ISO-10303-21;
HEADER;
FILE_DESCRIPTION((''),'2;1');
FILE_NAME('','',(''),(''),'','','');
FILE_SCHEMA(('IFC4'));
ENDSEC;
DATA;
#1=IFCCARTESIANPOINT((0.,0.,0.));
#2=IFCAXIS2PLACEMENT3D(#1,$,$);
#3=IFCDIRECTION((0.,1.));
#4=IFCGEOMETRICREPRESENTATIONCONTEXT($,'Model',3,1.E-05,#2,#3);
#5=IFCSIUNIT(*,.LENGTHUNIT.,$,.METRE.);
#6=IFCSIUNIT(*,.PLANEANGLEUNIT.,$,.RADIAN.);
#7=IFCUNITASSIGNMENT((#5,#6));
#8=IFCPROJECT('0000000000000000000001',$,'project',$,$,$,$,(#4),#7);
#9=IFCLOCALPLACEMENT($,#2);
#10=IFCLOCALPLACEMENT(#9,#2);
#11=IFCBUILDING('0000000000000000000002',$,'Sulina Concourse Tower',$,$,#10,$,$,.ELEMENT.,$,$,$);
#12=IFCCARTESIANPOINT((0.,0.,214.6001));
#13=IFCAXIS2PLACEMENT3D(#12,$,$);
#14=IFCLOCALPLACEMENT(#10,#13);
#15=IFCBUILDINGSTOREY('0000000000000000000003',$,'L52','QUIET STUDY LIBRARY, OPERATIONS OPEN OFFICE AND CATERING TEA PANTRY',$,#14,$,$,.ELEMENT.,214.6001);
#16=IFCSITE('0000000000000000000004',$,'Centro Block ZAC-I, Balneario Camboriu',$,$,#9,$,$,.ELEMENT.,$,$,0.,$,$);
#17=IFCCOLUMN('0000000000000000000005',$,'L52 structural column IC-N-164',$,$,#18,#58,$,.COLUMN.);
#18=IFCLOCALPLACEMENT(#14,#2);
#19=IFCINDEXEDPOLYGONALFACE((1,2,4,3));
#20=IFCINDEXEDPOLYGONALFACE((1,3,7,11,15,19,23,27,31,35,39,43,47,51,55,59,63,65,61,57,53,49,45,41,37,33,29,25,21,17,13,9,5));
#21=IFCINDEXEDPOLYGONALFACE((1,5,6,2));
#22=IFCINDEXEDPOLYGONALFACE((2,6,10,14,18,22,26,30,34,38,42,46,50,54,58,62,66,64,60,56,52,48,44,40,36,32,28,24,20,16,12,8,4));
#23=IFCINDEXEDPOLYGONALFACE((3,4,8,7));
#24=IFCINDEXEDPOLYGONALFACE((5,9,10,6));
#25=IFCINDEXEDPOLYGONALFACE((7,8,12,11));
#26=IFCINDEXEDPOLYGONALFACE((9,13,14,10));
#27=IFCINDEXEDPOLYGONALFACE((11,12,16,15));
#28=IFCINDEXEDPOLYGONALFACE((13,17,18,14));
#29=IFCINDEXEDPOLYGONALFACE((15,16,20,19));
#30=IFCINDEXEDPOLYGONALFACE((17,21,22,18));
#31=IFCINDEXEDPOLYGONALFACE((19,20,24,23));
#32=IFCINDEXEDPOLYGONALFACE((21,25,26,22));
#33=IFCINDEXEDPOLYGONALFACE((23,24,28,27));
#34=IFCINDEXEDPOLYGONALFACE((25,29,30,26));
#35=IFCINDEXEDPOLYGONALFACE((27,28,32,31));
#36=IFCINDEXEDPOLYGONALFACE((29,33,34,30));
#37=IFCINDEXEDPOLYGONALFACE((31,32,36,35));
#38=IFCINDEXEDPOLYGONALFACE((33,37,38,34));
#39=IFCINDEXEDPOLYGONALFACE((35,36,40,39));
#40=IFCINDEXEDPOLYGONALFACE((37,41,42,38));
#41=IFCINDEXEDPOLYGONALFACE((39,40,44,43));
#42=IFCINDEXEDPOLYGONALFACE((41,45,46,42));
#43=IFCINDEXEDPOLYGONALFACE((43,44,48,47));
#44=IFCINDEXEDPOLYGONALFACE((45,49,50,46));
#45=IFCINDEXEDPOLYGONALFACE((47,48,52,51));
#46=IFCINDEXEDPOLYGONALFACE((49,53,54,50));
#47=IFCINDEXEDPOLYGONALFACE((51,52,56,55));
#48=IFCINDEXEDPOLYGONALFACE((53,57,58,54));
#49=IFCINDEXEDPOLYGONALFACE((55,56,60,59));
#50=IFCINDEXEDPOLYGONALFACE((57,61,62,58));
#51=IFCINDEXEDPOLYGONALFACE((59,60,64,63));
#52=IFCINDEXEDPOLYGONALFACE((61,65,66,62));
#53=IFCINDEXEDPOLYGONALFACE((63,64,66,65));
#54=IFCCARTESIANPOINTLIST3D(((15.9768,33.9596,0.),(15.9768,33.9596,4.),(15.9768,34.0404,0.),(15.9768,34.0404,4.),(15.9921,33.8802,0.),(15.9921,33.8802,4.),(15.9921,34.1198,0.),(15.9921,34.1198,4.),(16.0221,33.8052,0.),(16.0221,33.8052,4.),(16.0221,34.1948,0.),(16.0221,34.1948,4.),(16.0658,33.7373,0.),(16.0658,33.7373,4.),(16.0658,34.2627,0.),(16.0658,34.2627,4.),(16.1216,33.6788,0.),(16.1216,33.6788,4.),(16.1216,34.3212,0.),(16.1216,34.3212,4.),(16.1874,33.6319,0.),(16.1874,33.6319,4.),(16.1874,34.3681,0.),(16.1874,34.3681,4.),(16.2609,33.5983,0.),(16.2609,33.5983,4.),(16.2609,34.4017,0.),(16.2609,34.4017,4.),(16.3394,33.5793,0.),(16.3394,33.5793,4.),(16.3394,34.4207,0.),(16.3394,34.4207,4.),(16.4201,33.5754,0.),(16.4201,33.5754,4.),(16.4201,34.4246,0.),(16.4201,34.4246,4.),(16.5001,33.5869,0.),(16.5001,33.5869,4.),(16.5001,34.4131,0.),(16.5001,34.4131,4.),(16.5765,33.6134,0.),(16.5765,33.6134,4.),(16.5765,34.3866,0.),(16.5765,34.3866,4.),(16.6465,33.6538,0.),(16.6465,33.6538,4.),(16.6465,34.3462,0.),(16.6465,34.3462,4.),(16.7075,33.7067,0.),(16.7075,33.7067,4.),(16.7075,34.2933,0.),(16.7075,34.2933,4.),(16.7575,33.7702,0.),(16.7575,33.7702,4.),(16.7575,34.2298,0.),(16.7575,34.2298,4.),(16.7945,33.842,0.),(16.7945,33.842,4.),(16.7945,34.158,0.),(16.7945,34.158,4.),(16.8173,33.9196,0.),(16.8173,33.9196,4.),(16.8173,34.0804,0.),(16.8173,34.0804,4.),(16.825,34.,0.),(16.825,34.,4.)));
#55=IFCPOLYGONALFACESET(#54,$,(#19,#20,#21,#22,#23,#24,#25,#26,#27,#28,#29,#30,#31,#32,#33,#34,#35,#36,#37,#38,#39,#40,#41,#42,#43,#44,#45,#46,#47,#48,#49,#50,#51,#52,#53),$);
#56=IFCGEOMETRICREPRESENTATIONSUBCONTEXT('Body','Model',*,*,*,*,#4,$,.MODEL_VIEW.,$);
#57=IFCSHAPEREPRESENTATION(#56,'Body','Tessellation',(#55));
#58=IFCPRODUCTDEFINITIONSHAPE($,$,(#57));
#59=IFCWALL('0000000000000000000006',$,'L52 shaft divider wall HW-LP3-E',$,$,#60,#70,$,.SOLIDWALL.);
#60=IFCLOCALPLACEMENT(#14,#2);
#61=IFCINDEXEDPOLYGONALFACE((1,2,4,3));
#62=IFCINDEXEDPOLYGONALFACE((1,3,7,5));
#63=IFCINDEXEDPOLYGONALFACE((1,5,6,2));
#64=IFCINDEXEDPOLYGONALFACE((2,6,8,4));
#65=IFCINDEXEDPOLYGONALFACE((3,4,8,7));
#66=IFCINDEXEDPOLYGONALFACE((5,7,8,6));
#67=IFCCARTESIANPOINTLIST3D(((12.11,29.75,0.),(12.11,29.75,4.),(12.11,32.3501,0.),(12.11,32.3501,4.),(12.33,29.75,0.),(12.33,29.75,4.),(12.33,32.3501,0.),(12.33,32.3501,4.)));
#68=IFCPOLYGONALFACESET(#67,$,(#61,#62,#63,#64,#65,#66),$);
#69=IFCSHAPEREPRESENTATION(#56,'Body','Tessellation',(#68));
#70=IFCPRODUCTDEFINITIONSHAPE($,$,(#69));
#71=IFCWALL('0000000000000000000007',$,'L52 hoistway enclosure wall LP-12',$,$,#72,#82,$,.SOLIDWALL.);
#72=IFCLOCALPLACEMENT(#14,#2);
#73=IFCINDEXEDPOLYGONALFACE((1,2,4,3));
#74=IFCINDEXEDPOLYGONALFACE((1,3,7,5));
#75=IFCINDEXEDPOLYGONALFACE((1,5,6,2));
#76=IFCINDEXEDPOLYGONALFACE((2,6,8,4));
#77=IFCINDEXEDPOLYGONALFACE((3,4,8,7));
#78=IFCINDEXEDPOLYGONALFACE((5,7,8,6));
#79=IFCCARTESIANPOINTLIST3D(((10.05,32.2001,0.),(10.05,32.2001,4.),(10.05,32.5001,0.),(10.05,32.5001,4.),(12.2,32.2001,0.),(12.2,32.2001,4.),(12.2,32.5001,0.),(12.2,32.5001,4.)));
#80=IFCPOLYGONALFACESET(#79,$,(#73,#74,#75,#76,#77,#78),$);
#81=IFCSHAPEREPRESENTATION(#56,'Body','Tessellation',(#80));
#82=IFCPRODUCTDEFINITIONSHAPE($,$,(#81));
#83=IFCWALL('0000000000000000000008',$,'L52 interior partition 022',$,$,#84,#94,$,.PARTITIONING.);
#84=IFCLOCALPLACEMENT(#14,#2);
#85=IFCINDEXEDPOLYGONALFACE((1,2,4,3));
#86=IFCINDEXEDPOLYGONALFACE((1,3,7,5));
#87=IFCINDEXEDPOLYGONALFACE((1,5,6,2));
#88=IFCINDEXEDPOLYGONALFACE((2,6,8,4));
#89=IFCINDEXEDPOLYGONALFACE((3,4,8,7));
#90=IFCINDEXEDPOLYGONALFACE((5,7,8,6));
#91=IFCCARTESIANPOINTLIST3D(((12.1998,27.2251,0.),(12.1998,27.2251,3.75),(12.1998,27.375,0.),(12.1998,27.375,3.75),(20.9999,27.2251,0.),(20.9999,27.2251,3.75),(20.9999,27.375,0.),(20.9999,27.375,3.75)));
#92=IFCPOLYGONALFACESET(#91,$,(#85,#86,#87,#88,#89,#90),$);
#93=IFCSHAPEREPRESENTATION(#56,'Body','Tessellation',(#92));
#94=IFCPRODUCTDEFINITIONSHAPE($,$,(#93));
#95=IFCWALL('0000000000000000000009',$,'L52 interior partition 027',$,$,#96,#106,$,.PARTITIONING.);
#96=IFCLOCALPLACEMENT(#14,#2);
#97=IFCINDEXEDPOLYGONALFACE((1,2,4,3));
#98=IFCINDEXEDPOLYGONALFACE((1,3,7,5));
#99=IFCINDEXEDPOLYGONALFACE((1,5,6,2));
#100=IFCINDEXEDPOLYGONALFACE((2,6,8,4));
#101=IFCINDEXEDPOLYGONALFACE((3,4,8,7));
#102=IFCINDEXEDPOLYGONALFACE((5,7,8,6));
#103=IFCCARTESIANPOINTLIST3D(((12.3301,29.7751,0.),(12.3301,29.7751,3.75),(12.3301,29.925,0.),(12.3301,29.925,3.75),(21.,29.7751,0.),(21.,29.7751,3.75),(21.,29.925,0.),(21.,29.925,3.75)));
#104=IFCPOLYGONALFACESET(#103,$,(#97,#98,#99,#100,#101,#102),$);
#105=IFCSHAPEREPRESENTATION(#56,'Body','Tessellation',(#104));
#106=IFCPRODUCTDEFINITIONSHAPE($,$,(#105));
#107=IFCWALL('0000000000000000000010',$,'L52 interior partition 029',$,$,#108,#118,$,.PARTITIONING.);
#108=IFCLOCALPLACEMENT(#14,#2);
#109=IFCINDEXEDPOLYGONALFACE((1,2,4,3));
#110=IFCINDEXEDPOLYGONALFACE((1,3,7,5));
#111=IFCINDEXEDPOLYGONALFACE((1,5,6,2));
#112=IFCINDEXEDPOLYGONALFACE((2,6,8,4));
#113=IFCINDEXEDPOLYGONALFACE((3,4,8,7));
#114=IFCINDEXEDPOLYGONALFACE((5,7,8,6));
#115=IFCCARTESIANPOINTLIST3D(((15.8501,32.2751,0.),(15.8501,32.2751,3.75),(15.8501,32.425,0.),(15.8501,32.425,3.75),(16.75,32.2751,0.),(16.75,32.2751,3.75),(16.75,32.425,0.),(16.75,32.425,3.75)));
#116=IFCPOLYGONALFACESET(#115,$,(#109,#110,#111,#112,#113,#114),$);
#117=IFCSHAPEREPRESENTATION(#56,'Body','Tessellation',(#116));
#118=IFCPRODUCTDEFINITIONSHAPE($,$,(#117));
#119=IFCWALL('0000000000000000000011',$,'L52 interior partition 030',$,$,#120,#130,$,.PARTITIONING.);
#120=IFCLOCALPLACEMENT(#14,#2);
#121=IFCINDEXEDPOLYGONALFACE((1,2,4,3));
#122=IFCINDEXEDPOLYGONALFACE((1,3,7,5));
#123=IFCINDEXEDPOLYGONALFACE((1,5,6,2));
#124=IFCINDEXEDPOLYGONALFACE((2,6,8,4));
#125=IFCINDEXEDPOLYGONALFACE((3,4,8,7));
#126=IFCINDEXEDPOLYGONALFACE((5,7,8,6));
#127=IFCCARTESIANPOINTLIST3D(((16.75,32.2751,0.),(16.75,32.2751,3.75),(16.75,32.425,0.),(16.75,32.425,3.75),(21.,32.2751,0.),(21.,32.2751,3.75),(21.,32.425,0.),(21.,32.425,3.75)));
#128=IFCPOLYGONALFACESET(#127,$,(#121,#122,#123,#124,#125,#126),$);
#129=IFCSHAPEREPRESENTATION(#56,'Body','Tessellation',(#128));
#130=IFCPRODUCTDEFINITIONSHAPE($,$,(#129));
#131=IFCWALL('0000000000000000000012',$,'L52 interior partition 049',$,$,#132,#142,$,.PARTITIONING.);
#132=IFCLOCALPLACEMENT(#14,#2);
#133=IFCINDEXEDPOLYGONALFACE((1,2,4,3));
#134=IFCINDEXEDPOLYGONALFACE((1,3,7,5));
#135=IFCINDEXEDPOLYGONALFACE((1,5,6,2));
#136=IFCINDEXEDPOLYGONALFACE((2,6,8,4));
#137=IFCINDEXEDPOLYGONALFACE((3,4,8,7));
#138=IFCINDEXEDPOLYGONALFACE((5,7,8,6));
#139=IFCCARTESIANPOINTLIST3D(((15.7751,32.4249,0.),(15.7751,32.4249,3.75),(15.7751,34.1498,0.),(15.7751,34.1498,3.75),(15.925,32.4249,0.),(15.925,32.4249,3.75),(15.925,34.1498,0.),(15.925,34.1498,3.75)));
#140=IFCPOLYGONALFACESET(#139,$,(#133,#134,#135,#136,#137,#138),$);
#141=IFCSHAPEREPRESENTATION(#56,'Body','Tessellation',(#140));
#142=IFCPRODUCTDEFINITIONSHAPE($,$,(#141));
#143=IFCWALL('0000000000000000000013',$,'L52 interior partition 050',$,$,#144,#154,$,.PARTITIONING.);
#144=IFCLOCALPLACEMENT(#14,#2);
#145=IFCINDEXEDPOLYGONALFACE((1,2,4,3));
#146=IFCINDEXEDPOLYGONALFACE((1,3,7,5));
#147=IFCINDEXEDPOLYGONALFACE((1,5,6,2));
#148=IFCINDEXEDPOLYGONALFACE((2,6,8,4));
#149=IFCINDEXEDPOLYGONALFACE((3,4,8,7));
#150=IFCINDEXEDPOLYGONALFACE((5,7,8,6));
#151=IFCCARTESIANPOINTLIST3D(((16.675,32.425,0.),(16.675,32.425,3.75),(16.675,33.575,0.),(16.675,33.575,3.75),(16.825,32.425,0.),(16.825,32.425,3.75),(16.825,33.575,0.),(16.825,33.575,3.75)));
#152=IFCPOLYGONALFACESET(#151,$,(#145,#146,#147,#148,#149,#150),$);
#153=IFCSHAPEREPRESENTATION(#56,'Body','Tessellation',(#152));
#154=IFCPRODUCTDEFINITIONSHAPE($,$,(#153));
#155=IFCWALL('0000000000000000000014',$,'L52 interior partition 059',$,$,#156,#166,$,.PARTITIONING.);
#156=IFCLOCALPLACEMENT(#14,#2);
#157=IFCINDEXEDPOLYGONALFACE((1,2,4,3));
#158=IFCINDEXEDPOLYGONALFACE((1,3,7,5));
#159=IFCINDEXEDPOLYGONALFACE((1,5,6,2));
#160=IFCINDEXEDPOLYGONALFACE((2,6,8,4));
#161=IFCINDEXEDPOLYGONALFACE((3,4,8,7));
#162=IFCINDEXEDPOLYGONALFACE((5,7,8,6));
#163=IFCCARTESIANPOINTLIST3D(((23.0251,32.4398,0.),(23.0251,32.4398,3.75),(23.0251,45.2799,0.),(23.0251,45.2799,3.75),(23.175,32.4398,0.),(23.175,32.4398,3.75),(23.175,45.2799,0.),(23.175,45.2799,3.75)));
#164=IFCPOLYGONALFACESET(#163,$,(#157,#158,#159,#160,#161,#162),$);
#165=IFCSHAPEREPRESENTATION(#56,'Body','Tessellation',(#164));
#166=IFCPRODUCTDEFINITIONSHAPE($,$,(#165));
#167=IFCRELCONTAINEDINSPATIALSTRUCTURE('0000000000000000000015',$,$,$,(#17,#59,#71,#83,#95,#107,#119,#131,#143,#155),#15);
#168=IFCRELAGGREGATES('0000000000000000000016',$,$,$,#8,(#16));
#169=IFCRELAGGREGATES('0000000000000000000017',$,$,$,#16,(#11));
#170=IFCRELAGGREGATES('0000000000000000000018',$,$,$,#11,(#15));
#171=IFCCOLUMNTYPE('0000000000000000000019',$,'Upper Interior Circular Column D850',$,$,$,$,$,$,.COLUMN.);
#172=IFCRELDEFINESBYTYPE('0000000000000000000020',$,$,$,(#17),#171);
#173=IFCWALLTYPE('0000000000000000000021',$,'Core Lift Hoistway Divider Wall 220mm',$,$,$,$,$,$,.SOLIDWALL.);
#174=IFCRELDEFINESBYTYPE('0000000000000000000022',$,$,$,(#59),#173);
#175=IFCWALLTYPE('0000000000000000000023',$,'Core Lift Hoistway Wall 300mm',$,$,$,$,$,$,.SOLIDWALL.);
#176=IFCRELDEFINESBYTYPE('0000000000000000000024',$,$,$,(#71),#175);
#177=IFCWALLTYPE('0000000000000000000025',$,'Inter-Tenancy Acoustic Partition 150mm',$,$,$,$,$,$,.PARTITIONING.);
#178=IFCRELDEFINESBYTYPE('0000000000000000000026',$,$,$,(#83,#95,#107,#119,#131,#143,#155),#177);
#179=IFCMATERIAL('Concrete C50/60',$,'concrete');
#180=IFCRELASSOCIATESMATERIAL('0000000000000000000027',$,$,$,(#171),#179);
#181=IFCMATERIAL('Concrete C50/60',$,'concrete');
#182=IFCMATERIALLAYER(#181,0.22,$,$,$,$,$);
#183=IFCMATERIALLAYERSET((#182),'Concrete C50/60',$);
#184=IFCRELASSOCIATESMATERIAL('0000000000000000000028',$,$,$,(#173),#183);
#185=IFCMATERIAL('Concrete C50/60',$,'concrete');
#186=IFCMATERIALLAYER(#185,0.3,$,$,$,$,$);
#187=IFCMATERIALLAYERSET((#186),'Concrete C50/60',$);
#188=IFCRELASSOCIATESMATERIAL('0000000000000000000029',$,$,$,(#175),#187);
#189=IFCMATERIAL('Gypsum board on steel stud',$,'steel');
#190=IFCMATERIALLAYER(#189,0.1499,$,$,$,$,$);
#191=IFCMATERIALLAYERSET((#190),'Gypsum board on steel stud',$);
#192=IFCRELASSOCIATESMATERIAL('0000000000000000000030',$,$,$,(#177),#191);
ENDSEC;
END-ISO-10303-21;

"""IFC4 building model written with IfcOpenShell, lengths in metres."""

from ifc_helpers import new_model, si_unit, direction, frame, frame_2d, origin, origin_2d, place, context, subcontext, project, spatial, rectangle, circle, extrude, material, layer, layer_set, material_profile, profile_set, type_object, element, save


model = new_model("IFC4")

# Units and contexts
model_context = context("Model", 3, precision=1e-05, world=origin(), true_north=direction((0.0, 1.0)))
body_context = subcontext(model_context, "Body", "Model", "MODEL_VIEW")
ifc_project = project(units=[si_unit("LENGTHUNIT", "METRE"), si_unit("PLANEANGLEUNIT", "RADIAN")], contexts=[model_context])

# Site, building, storey
site_placement = place(None, origin())
site = spatial("IfcSite", under=ifc_project, at=site_placement, Name="Centro Block ZAC-I, Balneario Camboriu", CompositionType="ELEMENT", RefElevation=0.0)
building_placement = place(site_placement, origin())
building = spatial("IfcBuilding", under=site, at=building_placement, Name="Sulina Concourse Tower", CompositionType="ELEMENT")
storey_placement = place(building_placement, frame((0.0, 0.0, 214.6001)))
storey = spatial("IfcBuildingStorey", under=building, at=storey_placement, Name="L52", Description="QUIET STUDY LIBRARY, OPERATIONS OPEN OFFICE AND CATERING TEA PANTRY", CompositionType="ELEMENT", Elevation=214.6001)

# Column
ifc_material_1 = material(Name="Concrete C50/60", Category="concrete")
ifc_material_profile = material_profile(ifc_material_1, circle(Radius=0.425, at=origin_2d()), Name="RC D850")
ifc_profile_set = profile_set([ifc_material_profile], Name="Concrete C50/60")
column_type = type_object("IfcColumnType", Name="Upper Interior Circular Column D850", PredefinedType="COLUMN", material=ifc_profile_set)
column_placement = place(storey_placement, frame((16.3999, 34.0, 0.0), z_axis=(0.0, 0.0, 1.0), x_axis=(1.0, 0.0, 0.0)))
element("IfcColumn", 1, at=column_placement, inside=storey, type_object=column_type, Name="L52 structural column IC-N-164", PredefinedType="COLUMN", context=body_context, shape_type="SweptSolid", body=[
    extrude(circle(Radius=0.425, at=origin_2d()), origin(), (0.0, 0.0, 1.0), 4.0),
])

# Walls
ifc_material_2 = material(Name="Concrete C50/60", Category="concrete")
ifc_layer_1 = layer(ifc_material_2, 0.22)
ifc_layer_set_1 = layer_set([ifc_layer_1], Name="Concrete C50/60")
wall_type_1 = type_object("IfcWallType", Name="Core Lift Hoistway Divider Wall 220mm", PredefinedType="SOLIDWALL", material=ifc_layer_set_1)
wall_1_placement = place(storey_placement, frame((12.22, 29.75, 0.0), z_axis=(0.0, 0.0, 1.0), x_axis=(0.0, 1.0, 0.0)))
element("IfcWall", 2, at=wall_1_placement, inside=storey, type_object=wall_type_1, Name="L52 shaft divider wall HW-LP3-E", PredefinedType="SOLIDWALL", context=body_context, shape_type="SweptSolid", body=[
    extrude(rectangle(XDim=2.6001, YDim=0.22, at=frame_2d((1.3, 0.0))), origin(), (0.0, 0.0, 1.0), 4.0),
])
ifc_material_3 = material(Name="Concrete C50/60", Category="concrete")
ifc_layer_2 = layer(ifc_material_3, 0.3)
ifc_layer_set_2 = layer_set([ifc_layer_2], Name="Concrete C50/60")
wall_type_2 = type_object("IfcWallType", Name="Core Lift Hoistway Wall 300mm", PredefinedType="SOLIDWALL", material=ifc_layer_set_2)
wall_2_placement = place(storey_placement, frame((10.05, 32.3501, 0.0), z_axis=(0.0, 0.0, 1.0), x_axis=(1.0, 0.0, 0.0)))
element("IfcWall", 3, at=wall_2_placement, inside=storey, type_object=wall_type_2, Name="L52 hoistway enclosure wall LP-12", PredefinedType="SOLIDWALL", context=body_context, shape_type="SweptSolid", body=[
    extrude(rectangle(XDim=2.1499, YDim=0.3, at=frame_2d((1.075, 0.0))), origin(), (0.0, 0.0, 1.0), 4.0),
])
ifc_material_4 = material(Name="Gypsum board on steel stud", Category="steel")
ifc_layer_3 = layer(ifc_material_4, 0.1499)
ifc_layer_set_3 = layer_set([ifc_layer_3], Name="Gypsum board on steel stud")
wall_type_3 = type_object("IfcWallType", Name="Inter-Tenancy Acoustic Partition 150mm", PredefinedType="PARTITIONING", material=ifc_layer_set_3)
wall_3_placement = place(storey_placement, frame((12.2, 27.3, 0.0), z_axis=(0.0, 0.0, 1.0), x_axis=(1.0, 0.0, 0.0)))
element("IfcWall", 4, at=wall_3_placement, inside=storey, type_object=wall_type_3, Name="L52 interior partition 022", PredefinedType="PARTITIONING", context=body_context, shape_type="SweptSolid", body=[
    extrude(rectangle(XDim=8.8, YDim=0.1499, at=frame_2d((4.3999, 0.0))), origin(), (0.0, 0.0, 1.0), 3.75),
])
wall_4_placement = place(storey_placement, frame((12.3301, 29.8501, 0.0), z_axis=(0.0, 0.0, 1.0), x_axis=(1.0, 0.0, 0.0)))
element("IfcWall", 5, at=wall_4_placement, inside=storey, type_object=wall_type_3, Name="L52 interior partition 027", PredefinedType="PARTITIONING", context=body_context, shape_type="SweptSolid", body=[
    extrude(rectangle(XDim=8.6699, YDim=0.1499, at=frame_2d((4.335, 0.0))), origin(), (0.0, 0.0, 1.0), 3.75),
])

# Walls
wall_5_placement = place(storey_placement, frame((15.8501, 32.3501, 0.0), z_axis=(0.0, 0.0, 1.0), x_axis=(1.0, 0.0, 0.0)))
element("IfcWall", 6, at=wall_5_placement, inside=storey, type_object=wall_type_3, Name="L52 interior partition 029", PredefinedType="PARTITIONING", context=body_context, shape_type="SweptSolid", body=[
    extrude(rectangle(XDim=0.8999, YDim=0.1499, at=frame_2d((0.45, 0.0))), origin(), (0.0, 0.0, 1.0), 3.75),
])
wall_6_placement = place(storey_placement, frame((16.75, 32.3501, 0.0), z_axis=(0.0, 0.0, 1.0), x_axis=(1.0, 0.0, 0.0)))
element("IfcWall", 7, at=wall_6_placement, inside=storey, type_object=wall_type_3, Name="L52 interior partition 030", PredefinedType="PARTITIONING", context=body_context, shape_type="SweptSolid", body=[
    extrude(rectangle(XDim=4.25, YDim=0.1499, at=frame_2d((2.125, 0.0))), origin(), (0.0, 0.0, 1.0), 3.75),
])
wall_7_placement = place(storey_placement, frame((15.8501, 32.425, 0.0), z_axis=(0.0, 0.0, 1.0), x_axis=(0.0, 1.0, 0.0)))
element("IfcWall", 8, at=wall_7_placement, inside=storey, type_object=wall_type_3, Name="L52 interior partition 049", PredefinedType="PARTITIONING", context=body_context, shape_type="SweptSolid", body=[
    extrude(rectangle(XDim=1.7249, YDim=0.1499, at=frame_2d((0.8623, 0.0))), origin(), (0.0, 0.0, 1.0), 3.75),
])
wall_8_placement = place(storey_placement, frame((16.75, 32.425, 0.0), z_axis=(0.0, 0.0, 1.0), x_axis=(0.0, 1.0, 0.0)))
element("IfcWall", 9, at=wall_8_placement, inside=storey, type_object=wall_type_3, Name="L52 interior partition 050", PredefinedType="PARTITIONING", context=body_context, shape_type="SweptSolid", body=[
    extrude(rectangle(XDim=1.1499, YDim=0.1499, at=frame_2d((0.575, 0.0))), origin(), (0.0, 0.0, 1.0), 3.75),
])
wall_9_placement = place(storey_placement, frame((23.1001, 32.4399, 0.0), z_axis=(0.0, 0.0, 1.0), x_axis=(0.0, 1.0, 0.0)))
element("IfcWall", 10, at=wall_9_placement, inside=storey, type_object=wall_type_3, Name="L52 interior partition 059", PredefinedType="PARTITIONING", context=body_context, shape_type="SweptSolid", body=[
    extrude(rectangle(XDim=12.8401, YDim=0.1499, at=frame_2d((6.4199, 0.0))), origin(), (0.0, 0.0, 1.0), 3.75),
])

save(model, "model.ifc")
